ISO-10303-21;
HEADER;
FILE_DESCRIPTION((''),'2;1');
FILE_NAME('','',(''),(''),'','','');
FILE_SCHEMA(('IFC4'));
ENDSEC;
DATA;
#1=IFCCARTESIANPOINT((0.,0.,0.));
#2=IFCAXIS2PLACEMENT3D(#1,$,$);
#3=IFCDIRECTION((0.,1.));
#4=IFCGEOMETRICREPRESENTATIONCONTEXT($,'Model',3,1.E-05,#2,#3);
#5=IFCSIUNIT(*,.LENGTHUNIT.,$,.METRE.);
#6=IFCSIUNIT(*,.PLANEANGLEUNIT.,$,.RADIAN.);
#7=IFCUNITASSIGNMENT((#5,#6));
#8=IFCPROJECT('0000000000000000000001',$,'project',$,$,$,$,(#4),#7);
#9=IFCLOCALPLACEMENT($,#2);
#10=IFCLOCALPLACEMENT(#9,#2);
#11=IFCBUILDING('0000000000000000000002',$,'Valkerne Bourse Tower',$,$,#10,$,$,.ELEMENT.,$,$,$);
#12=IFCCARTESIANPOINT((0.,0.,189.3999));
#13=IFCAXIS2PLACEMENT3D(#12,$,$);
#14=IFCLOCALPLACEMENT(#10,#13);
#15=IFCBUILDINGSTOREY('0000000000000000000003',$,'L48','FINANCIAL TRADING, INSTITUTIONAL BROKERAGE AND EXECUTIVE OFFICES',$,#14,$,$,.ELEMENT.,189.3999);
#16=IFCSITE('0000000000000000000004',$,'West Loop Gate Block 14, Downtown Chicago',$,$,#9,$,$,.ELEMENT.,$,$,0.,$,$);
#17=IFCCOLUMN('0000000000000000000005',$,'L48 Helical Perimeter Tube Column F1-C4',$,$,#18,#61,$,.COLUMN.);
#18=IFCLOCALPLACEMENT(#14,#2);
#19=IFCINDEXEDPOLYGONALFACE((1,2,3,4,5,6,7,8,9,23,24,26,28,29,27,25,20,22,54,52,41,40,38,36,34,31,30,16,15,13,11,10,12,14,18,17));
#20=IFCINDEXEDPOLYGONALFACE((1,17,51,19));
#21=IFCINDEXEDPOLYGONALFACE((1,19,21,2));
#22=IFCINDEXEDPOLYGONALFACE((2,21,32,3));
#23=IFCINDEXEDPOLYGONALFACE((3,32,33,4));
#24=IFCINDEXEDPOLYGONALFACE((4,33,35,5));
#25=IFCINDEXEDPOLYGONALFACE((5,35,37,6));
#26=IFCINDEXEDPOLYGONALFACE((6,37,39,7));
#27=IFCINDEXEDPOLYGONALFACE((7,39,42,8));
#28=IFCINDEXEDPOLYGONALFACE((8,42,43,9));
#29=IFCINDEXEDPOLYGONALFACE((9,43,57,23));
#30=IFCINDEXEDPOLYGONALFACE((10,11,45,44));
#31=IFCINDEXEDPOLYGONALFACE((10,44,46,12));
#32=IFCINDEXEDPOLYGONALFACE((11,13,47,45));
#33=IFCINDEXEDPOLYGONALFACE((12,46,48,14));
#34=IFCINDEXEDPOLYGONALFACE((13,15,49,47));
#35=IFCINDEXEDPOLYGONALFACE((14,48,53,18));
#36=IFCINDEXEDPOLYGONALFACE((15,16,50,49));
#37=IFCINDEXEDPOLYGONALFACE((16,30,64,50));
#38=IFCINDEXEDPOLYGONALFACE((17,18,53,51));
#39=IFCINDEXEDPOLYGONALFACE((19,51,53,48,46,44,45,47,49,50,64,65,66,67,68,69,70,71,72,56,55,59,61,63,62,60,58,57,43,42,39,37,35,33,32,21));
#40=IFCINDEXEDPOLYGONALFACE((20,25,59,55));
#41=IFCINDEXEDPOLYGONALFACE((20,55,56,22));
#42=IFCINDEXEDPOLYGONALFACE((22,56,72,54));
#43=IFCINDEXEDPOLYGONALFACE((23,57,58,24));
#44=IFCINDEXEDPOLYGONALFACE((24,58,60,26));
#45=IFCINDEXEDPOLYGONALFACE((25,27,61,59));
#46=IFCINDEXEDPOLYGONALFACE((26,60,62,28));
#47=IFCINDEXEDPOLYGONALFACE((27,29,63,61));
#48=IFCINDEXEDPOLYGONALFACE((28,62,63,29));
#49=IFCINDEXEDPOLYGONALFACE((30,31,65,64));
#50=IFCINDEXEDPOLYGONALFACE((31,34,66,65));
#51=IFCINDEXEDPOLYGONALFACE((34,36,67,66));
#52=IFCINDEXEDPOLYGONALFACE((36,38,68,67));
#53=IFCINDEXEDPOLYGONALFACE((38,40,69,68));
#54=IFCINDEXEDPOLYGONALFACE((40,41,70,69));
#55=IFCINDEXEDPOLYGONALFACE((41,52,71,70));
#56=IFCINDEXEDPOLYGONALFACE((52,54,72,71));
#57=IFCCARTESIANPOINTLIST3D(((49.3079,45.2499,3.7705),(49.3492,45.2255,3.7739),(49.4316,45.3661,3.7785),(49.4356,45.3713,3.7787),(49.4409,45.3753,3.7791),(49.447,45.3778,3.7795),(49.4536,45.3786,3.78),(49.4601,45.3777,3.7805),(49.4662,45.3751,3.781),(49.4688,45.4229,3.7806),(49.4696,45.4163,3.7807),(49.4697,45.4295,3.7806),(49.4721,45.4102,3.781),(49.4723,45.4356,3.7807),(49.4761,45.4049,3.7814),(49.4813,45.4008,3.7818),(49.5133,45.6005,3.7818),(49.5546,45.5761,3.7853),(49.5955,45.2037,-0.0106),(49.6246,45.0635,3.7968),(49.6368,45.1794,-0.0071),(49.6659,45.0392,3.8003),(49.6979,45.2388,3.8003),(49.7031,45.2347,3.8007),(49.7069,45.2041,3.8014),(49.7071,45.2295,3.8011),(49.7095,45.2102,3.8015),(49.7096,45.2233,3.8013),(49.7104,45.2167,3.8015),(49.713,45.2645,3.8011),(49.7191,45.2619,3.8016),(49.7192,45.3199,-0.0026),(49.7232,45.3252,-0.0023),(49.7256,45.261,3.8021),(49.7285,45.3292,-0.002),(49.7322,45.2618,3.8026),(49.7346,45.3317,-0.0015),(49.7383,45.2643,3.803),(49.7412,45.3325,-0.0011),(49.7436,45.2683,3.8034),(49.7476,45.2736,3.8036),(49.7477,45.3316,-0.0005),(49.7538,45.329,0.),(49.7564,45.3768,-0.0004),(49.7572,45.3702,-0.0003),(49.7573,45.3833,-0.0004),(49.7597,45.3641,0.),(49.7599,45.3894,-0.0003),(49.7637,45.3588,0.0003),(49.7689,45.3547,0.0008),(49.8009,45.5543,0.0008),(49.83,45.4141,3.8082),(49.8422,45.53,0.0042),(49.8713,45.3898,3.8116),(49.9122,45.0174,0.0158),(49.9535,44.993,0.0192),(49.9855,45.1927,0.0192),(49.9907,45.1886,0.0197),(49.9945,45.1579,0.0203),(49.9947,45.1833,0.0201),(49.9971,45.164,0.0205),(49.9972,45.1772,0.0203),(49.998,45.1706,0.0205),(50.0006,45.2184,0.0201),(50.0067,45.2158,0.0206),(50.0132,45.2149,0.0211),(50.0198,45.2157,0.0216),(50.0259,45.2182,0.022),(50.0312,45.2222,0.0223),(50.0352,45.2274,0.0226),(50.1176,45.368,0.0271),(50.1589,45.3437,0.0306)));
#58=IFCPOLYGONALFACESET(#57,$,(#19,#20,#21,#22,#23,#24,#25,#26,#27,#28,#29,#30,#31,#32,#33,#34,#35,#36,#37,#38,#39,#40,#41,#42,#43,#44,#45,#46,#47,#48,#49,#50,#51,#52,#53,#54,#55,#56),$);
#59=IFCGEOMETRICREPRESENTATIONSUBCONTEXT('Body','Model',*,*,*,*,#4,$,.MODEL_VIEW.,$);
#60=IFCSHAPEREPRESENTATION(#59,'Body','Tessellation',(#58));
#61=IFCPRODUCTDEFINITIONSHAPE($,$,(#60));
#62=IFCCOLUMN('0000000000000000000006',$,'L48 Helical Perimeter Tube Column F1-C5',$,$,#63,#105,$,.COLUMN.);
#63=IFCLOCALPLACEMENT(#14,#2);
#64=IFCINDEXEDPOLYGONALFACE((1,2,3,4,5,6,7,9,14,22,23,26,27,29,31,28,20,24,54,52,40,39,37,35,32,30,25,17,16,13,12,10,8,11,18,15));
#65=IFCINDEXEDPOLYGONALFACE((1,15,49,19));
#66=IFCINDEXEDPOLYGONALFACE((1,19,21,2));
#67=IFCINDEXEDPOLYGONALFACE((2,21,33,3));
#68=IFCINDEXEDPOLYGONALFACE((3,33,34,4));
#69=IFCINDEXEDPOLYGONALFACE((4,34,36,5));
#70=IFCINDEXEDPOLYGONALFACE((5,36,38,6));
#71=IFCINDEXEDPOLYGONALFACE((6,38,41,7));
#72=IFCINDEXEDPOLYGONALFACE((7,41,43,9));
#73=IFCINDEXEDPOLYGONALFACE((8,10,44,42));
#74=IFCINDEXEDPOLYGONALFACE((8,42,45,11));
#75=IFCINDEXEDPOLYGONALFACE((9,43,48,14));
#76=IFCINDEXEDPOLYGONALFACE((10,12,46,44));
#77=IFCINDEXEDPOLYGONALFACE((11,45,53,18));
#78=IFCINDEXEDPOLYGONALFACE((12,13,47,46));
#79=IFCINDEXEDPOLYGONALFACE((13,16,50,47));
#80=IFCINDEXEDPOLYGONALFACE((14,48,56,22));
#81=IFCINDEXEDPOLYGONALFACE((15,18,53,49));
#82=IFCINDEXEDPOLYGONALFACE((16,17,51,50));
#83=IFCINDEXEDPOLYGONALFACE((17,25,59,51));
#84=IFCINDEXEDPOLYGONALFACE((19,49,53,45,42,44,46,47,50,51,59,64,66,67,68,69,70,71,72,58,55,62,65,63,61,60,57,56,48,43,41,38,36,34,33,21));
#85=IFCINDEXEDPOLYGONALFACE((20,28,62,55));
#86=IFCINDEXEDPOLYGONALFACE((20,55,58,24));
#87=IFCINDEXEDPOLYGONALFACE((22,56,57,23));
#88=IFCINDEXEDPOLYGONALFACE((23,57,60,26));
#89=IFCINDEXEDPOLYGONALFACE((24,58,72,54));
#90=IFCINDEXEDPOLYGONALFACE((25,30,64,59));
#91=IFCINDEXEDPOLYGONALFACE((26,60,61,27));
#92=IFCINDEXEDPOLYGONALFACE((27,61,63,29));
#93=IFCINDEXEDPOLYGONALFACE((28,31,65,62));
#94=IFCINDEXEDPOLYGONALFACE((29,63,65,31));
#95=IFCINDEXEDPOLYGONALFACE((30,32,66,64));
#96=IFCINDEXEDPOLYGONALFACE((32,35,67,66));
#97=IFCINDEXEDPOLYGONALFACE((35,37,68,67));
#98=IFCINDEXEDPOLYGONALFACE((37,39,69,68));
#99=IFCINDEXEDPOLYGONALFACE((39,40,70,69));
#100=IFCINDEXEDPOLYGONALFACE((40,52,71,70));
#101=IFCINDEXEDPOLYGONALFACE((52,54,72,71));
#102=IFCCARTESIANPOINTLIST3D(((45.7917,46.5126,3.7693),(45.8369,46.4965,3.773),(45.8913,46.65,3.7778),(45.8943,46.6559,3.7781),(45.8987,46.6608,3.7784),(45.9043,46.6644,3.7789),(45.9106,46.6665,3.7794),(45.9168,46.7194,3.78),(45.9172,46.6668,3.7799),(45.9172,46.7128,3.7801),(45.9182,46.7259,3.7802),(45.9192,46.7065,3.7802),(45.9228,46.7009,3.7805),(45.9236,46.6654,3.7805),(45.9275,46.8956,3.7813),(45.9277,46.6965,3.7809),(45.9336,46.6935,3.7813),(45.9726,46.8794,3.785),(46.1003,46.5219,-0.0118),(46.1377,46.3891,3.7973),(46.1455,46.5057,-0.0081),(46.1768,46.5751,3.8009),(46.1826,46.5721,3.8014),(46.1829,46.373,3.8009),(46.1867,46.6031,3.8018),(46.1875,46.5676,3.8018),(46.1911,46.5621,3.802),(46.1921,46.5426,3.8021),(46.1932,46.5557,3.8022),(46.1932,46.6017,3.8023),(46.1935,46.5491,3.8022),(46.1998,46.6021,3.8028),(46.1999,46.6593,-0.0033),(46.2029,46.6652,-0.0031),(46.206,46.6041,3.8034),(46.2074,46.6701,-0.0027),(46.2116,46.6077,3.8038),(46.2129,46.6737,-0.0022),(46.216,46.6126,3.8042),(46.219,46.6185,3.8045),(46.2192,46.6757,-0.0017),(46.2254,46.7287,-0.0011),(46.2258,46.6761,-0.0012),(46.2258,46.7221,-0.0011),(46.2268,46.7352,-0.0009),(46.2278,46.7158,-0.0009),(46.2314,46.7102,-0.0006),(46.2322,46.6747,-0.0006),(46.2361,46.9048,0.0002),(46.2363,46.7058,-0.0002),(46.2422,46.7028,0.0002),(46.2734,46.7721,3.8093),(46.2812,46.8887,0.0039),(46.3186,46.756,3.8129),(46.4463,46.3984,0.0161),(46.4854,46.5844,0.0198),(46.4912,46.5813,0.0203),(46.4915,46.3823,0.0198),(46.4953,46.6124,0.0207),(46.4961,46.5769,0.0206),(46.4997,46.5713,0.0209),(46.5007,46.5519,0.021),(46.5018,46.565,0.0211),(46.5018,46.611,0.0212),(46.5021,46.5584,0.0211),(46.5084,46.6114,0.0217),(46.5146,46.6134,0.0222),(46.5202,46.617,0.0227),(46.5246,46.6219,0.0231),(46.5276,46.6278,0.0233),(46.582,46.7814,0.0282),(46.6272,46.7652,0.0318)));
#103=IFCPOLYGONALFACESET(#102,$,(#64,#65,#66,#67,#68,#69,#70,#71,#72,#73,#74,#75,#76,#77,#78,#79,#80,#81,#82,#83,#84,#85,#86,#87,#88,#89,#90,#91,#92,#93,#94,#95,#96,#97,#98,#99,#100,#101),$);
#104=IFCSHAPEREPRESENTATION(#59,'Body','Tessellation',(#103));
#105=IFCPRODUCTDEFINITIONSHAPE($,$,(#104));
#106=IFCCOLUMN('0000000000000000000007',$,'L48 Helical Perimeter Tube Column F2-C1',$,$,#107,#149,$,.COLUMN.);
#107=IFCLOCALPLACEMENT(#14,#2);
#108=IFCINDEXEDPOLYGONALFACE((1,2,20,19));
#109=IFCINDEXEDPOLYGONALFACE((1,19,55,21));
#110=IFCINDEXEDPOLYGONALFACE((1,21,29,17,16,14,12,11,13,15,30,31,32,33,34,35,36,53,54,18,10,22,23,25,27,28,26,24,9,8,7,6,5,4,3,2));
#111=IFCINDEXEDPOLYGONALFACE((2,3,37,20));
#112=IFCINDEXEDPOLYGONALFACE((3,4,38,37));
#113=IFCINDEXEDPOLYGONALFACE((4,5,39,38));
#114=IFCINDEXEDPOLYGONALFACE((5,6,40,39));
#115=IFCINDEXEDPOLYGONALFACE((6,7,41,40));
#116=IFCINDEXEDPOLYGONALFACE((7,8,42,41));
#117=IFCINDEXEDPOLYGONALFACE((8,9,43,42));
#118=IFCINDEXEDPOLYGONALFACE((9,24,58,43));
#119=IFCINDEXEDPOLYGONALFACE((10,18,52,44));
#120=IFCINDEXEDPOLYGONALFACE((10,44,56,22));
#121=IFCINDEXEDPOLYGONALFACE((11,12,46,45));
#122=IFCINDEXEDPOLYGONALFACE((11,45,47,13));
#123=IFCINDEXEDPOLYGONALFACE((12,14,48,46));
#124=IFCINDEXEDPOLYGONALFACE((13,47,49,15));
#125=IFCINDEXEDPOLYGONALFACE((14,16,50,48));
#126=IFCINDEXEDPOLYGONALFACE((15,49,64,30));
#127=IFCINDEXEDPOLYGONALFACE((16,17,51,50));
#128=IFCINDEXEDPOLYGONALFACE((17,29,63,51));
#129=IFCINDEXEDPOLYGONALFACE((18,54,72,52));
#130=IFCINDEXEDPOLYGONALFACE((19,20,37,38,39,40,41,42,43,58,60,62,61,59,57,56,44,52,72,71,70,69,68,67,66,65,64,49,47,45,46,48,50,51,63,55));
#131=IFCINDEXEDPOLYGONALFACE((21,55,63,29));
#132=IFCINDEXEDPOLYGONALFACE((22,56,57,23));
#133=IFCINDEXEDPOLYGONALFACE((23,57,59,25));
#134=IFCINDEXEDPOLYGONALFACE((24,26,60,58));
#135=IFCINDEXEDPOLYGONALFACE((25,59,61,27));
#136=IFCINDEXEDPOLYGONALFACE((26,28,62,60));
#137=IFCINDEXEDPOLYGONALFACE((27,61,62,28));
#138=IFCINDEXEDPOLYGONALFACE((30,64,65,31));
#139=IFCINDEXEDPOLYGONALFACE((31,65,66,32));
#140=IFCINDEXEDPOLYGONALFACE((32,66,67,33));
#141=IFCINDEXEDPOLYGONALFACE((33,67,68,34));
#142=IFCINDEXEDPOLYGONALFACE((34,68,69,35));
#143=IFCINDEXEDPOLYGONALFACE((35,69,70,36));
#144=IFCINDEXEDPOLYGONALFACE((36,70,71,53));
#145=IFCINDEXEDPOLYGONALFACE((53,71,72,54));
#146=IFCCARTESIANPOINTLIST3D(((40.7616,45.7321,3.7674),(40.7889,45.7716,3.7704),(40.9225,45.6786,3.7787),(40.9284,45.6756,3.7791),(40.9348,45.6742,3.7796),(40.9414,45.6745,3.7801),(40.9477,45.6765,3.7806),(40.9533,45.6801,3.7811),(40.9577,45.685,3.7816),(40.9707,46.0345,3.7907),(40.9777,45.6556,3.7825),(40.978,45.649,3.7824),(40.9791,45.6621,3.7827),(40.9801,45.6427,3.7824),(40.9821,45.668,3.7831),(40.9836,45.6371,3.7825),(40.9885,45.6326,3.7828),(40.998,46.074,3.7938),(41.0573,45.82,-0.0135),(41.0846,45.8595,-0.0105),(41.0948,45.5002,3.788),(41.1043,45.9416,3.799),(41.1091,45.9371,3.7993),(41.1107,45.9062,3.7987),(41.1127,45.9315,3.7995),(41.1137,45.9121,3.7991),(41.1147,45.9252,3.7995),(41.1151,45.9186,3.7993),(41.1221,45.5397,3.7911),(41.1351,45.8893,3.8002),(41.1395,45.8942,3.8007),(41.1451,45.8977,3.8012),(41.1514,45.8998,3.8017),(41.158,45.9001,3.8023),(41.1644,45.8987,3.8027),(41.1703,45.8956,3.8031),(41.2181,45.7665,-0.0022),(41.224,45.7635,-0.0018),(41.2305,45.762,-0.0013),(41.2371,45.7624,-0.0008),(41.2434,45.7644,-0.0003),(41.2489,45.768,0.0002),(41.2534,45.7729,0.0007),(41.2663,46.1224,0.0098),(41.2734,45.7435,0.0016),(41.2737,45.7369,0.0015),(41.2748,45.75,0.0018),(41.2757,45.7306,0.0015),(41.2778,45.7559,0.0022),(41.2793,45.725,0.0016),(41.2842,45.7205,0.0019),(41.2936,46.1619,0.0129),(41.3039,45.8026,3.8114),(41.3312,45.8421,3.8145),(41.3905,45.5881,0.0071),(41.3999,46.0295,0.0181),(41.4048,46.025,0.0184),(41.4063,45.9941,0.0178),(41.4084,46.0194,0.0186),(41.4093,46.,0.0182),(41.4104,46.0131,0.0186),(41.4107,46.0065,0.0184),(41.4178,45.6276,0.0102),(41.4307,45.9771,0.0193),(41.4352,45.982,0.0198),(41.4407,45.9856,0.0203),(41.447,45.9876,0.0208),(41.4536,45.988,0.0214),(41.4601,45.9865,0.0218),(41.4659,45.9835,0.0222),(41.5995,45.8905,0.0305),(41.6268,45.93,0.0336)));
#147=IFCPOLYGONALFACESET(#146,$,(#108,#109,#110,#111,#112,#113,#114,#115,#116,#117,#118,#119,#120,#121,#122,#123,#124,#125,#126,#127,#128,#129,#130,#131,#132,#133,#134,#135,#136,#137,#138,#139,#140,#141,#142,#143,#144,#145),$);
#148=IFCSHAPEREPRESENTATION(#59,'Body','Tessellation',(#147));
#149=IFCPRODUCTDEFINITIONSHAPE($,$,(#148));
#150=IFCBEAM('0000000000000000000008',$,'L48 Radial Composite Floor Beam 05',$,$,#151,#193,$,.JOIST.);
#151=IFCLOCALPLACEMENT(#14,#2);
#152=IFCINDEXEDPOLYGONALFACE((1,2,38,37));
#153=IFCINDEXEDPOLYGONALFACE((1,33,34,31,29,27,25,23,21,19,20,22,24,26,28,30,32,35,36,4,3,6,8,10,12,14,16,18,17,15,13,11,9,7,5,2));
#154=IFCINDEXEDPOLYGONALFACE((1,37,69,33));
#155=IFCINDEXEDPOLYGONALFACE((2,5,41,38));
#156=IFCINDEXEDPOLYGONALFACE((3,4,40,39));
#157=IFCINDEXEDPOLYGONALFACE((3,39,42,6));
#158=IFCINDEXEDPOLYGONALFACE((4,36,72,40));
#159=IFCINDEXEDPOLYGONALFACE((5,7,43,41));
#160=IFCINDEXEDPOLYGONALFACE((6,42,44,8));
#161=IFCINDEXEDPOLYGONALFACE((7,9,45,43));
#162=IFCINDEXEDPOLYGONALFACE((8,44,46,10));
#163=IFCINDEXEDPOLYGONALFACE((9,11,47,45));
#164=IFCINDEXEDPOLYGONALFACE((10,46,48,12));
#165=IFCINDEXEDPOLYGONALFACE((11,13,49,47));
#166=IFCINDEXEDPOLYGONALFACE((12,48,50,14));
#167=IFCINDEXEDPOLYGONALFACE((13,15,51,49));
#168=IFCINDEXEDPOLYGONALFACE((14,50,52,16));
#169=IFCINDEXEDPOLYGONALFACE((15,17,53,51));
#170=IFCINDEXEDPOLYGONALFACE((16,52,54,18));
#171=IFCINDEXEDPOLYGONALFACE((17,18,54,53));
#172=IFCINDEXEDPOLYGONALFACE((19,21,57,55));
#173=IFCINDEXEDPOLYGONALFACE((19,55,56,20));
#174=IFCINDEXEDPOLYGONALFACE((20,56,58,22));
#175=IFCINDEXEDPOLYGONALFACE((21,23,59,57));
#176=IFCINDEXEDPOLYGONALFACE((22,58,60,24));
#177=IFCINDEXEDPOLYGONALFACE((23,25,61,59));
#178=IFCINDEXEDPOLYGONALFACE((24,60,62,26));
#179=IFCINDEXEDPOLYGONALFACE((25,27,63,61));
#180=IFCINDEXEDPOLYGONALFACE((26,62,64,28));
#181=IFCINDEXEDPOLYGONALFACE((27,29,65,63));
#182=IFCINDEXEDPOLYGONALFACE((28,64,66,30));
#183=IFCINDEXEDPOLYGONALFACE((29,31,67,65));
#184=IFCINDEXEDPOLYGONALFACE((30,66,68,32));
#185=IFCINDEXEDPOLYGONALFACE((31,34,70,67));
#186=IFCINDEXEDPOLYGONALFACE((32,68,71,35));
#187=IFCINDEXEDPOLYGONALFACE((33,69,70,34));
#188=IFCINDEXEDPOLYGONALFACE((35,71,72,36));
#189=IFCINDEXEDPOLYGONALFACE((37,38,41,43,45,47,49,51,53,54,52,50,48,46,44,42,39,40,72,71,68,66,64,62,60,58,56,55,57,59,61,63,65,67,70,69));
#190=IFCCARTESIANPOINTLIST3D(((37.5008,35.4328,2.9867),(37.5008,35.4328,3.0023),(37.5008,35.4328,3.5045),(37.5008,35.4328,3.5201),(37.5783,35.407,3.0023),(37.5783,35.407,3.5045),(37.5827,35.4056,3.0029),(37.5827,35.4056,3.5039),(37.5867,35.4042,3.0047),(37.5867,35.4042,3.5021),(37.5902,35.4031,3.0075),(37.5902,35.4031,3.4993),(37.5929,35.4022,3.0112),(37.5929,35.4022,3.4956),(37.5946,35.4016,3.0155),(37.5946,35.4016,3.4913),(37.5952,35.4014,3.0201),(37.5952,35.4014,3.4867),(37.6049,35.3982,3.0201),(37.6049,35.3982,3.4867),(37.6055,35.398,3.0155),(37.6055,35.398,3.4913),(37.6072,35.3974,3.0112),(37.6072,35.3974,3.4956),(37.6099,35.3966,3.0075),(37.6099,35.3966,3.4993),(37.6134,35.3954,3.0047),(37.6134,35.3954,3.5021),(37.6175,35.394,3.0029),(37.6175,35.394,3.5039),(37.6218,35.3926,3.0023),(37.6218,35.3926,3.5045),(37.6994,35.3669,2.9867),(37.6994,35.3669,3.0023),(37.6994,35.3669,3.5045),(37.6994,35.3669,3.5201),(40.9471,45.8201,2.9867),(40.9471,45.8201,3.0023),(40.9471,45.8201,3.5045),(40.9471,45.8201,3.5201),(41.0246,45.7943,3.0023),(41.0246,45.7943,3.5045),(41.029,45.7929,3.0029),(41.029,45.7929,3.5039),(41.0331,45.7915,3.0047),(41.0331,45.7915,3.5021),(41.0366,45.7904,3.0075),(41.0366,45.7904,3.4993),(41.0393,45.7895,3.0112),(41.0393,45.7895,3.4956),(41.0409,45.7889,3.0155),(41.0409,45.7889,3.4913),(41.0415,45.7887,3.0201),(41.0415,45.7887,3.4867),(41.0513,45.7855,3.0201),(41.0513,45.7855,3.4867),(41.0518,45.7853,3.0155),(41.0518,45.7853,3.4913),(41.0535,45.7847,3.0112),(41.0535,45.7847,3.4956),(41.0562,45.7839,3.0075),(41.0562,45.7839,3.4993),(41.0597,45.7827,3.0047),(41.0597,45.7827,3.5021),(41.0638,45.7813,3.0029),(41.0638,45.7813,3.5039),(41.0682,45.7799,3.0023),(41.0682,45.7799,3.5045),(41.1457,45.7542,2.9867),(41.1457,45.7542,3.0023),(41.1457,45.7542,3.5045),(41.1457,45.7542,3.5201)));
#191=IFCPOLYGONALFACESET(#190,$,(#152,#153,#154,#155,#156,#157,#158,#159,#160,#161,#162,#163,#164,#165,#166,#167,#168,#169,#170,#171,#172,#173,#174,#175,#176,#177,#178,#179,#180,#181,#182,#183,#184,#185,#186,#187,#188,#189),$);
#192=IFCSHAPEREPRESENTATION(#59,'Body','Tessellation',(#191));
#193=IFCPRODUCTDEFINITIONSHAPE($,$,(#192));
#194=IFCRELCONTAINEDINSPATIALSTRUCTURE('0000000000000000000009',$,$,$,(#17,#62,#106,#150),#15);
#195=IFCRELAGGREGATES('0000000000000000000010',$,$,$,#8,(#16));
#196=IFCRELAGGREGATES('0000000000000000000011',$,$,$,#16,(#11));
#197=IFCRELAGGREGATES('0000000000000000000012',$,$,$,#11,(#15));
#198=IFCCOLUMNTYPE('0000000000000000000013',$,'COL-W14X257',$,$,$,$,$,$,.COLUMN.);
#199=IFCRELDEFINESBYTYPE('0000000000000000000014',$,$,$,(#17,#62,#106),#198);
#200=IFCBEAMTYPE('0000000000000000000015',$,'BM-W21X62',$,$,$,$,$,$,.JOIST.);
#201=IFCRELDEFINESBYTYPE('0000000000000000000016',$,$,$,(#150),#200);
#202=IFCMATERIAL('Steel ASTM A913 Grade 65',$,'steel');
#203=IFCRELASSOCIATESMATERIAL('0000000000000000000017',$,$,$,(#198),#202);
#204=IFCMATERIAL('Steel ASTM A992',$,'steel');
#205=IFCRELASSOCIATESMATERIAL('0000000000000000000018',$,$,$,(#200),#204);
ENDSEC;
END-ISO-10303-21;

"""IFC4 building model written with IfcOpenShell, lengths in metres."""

from ifc_helpers import new_model, si_unit, direction, frame, origin, origin_2d, place, context, subcontext, project, spatial, i_section, extrude, material, material_profile, profile_set, type_object, element, save


model = new_model("IFC4")

# Units and contexts
model_context = context("Model", 3, precision=1e-05, world=origin(), true_north=direction((0.0, 1.0)))
body_context = subcontext(model_context, "Body", "Model", "MODEL_VIEW")
ifc_project = project(units=[si_unit("LENGTHUNIT", "METRE"), si_unit("PLANEANGLEUNIT", "RADIAN")], contexts=[model_context])

# Site, building, storey
site_placement = place(None, origin())
site = spatial("IfcSite", under=ifc_project, at=site_placement, Name="West Loop Gate Block 14, Downtown Chicago", CompositionType="ELEMENT", RefElevation=0.0)
building_placement = place(site_placement, origin())
building = spatial("IfcBuilding", under=site, at=building_placement, Name="Valkerne Bourse Tower", CompositionType="ELEMENT")
storey_placement = place(building_placement, frame((0.0, 0.0, 189.3999)))
storey = spatial("IfcBuildingStorey", under=building, at=storey_placement, Name="L48", Description="FINANCIAL TRADING, INSTITUTIONAL BROKERAGE AND EXECUTIVE OFFICES", CompositionType="ELEMENT", Elevation=189.3999)

# Columns
ifc_material_1 = material(Name="Steel ASTM A913 Grade 65", Category="steel")
ifc_material_profile_1 = material_profile(ifc_material_1, i_section(OverallWidth=0.4065, OverallDepth=0.4165, WebThickness=0.0298, FlangeThickness=0.0481, FilletRadius=0.0254, at=origin_2d()), Name="W14X257")
ifc_profile_set_1 = profile_set([ifc_material_profile_1], Name="Steel ASTM A913 Grade 65")
column_type = type_object("IfcColumnType", Name="COL-W14X257", PredefinedType="COLUMN", material=ifc_profile_set_1)
column_1_placement = place(storey_placement, frame((49.8772, 45.2737, 0.01), z_axis=(-0.075839, 0.012168, 0.997046), x_axis=(0.505199, 0.862552, 0.027901)))
element("IfcColumn", 1, at=column_1_placement, inside=storey, type_object=column_type, Name="L48 Helical Perimeter Tube Column F1-C4", PredefinedType="COLUMN", context=body_context, shape_type="SweptSolid", body=[
    extrude(i_section(OverallWidth=0.4065, OverallDepth=0.4165, WebThickness=0.0298, FlangeThickness=0.0481, FilletRadius=0.0254, at=origin_2d()), origin(), (0.0, 0.0, 1.0), 3.7922),
])
column_2_placement = place(storey_placement, frame((46.3638, 46.6436, 0.01), z_axis=(-0.081346, -0.002446, 0.996683), x_axis=(0.333886, 0.94215, 0.029562)))
element("IfcColumn", 2, at=column_2_placement, inside=storey, type_object=column_type, Name="L48 Helical Perimeter Tube Column F1-C5", PredefinedType="COLUMN", context=body_context, shape_type="SweptSolid", body=[
    extrude(i_section(OverallWidth=0.4065, OverallDepth=0.4165, WebThickness=0.0298, FlangeThickness=0.0481, FilletRadius=0.0254, at=origin_2d()), origin(), (0.0, 0.0, 1.0), 3.7937),
])
column_3_placement = place(storey_placement, frame((41.342, 45.875, 0.01), z_axis=(-0.077936, -0.023168, 0.996689), x_axis=(-0.819721, 0.570502, -0.050836)))
element("IfcColumn", 3, at=column_3_placement, inside=storey, type_object=column_type, Name="L48 Helical Perimeter Tube Column F2-C1", PredefinedType="COLUMN", context=body_context, shape_type="SweptSolid", body=[
    extrude(i_section(OverallWidth=0.4065, OverallDepth=0.4165, WebThickness=0.0298, FlangeThickness=0.0481, FilletRadius=0.0254, at=origin_2d()), origin(), (0.0, 0.0, 1.0), 3.7935),
])

# Beam
ifc_material_2 = material(Name="Steel ASTM A992", Category="steel")
ifc_material_profile_2 = material_profile(ifc_material_2, i_section(OverallWidth=0.2092, OverallDepth=0.5334, WebThickness=0.0103, FlangeThickness=0.0156, FilletRadius=0.0178, at=origin_2d()), Name="W21X62")
ifc_profile_set_2 = profile_set([ifc_material_profile_2], Name="Steel ASTM A992")
beam_type_1 = type_object("IfcBeamType", Name="BM-W21X62", PredefinedType="JOIST", material=ifc_profile_set_2)
beam_1_placement = place(storey_placement, frame((41.0464, 45.7871, 3.2534), z_axis=(-0.314902, -0.949124, 0.0), x_axis=(0.949124, -0.314902, 0.0)))
element("IfcBeam", 4, at=beam_1_placement, inside=storey, type_object=beam_type_1, Name="L48 Radial Composite Floor Beam 05", PredefinedType="JOIST", context=body_context, shape_type="SweptSolid", body=[
    extrude(i_section(OverallWidth=0.2092, OverallDepth=0.5334, WebThickness=0.0103, FlangeThickness=0.0156, FilletRadius=0.0178, at=origin_2d()), origin(), (0.0, 0.0, 1.0), 10.9441),
])

save(model, "model.ifc")
